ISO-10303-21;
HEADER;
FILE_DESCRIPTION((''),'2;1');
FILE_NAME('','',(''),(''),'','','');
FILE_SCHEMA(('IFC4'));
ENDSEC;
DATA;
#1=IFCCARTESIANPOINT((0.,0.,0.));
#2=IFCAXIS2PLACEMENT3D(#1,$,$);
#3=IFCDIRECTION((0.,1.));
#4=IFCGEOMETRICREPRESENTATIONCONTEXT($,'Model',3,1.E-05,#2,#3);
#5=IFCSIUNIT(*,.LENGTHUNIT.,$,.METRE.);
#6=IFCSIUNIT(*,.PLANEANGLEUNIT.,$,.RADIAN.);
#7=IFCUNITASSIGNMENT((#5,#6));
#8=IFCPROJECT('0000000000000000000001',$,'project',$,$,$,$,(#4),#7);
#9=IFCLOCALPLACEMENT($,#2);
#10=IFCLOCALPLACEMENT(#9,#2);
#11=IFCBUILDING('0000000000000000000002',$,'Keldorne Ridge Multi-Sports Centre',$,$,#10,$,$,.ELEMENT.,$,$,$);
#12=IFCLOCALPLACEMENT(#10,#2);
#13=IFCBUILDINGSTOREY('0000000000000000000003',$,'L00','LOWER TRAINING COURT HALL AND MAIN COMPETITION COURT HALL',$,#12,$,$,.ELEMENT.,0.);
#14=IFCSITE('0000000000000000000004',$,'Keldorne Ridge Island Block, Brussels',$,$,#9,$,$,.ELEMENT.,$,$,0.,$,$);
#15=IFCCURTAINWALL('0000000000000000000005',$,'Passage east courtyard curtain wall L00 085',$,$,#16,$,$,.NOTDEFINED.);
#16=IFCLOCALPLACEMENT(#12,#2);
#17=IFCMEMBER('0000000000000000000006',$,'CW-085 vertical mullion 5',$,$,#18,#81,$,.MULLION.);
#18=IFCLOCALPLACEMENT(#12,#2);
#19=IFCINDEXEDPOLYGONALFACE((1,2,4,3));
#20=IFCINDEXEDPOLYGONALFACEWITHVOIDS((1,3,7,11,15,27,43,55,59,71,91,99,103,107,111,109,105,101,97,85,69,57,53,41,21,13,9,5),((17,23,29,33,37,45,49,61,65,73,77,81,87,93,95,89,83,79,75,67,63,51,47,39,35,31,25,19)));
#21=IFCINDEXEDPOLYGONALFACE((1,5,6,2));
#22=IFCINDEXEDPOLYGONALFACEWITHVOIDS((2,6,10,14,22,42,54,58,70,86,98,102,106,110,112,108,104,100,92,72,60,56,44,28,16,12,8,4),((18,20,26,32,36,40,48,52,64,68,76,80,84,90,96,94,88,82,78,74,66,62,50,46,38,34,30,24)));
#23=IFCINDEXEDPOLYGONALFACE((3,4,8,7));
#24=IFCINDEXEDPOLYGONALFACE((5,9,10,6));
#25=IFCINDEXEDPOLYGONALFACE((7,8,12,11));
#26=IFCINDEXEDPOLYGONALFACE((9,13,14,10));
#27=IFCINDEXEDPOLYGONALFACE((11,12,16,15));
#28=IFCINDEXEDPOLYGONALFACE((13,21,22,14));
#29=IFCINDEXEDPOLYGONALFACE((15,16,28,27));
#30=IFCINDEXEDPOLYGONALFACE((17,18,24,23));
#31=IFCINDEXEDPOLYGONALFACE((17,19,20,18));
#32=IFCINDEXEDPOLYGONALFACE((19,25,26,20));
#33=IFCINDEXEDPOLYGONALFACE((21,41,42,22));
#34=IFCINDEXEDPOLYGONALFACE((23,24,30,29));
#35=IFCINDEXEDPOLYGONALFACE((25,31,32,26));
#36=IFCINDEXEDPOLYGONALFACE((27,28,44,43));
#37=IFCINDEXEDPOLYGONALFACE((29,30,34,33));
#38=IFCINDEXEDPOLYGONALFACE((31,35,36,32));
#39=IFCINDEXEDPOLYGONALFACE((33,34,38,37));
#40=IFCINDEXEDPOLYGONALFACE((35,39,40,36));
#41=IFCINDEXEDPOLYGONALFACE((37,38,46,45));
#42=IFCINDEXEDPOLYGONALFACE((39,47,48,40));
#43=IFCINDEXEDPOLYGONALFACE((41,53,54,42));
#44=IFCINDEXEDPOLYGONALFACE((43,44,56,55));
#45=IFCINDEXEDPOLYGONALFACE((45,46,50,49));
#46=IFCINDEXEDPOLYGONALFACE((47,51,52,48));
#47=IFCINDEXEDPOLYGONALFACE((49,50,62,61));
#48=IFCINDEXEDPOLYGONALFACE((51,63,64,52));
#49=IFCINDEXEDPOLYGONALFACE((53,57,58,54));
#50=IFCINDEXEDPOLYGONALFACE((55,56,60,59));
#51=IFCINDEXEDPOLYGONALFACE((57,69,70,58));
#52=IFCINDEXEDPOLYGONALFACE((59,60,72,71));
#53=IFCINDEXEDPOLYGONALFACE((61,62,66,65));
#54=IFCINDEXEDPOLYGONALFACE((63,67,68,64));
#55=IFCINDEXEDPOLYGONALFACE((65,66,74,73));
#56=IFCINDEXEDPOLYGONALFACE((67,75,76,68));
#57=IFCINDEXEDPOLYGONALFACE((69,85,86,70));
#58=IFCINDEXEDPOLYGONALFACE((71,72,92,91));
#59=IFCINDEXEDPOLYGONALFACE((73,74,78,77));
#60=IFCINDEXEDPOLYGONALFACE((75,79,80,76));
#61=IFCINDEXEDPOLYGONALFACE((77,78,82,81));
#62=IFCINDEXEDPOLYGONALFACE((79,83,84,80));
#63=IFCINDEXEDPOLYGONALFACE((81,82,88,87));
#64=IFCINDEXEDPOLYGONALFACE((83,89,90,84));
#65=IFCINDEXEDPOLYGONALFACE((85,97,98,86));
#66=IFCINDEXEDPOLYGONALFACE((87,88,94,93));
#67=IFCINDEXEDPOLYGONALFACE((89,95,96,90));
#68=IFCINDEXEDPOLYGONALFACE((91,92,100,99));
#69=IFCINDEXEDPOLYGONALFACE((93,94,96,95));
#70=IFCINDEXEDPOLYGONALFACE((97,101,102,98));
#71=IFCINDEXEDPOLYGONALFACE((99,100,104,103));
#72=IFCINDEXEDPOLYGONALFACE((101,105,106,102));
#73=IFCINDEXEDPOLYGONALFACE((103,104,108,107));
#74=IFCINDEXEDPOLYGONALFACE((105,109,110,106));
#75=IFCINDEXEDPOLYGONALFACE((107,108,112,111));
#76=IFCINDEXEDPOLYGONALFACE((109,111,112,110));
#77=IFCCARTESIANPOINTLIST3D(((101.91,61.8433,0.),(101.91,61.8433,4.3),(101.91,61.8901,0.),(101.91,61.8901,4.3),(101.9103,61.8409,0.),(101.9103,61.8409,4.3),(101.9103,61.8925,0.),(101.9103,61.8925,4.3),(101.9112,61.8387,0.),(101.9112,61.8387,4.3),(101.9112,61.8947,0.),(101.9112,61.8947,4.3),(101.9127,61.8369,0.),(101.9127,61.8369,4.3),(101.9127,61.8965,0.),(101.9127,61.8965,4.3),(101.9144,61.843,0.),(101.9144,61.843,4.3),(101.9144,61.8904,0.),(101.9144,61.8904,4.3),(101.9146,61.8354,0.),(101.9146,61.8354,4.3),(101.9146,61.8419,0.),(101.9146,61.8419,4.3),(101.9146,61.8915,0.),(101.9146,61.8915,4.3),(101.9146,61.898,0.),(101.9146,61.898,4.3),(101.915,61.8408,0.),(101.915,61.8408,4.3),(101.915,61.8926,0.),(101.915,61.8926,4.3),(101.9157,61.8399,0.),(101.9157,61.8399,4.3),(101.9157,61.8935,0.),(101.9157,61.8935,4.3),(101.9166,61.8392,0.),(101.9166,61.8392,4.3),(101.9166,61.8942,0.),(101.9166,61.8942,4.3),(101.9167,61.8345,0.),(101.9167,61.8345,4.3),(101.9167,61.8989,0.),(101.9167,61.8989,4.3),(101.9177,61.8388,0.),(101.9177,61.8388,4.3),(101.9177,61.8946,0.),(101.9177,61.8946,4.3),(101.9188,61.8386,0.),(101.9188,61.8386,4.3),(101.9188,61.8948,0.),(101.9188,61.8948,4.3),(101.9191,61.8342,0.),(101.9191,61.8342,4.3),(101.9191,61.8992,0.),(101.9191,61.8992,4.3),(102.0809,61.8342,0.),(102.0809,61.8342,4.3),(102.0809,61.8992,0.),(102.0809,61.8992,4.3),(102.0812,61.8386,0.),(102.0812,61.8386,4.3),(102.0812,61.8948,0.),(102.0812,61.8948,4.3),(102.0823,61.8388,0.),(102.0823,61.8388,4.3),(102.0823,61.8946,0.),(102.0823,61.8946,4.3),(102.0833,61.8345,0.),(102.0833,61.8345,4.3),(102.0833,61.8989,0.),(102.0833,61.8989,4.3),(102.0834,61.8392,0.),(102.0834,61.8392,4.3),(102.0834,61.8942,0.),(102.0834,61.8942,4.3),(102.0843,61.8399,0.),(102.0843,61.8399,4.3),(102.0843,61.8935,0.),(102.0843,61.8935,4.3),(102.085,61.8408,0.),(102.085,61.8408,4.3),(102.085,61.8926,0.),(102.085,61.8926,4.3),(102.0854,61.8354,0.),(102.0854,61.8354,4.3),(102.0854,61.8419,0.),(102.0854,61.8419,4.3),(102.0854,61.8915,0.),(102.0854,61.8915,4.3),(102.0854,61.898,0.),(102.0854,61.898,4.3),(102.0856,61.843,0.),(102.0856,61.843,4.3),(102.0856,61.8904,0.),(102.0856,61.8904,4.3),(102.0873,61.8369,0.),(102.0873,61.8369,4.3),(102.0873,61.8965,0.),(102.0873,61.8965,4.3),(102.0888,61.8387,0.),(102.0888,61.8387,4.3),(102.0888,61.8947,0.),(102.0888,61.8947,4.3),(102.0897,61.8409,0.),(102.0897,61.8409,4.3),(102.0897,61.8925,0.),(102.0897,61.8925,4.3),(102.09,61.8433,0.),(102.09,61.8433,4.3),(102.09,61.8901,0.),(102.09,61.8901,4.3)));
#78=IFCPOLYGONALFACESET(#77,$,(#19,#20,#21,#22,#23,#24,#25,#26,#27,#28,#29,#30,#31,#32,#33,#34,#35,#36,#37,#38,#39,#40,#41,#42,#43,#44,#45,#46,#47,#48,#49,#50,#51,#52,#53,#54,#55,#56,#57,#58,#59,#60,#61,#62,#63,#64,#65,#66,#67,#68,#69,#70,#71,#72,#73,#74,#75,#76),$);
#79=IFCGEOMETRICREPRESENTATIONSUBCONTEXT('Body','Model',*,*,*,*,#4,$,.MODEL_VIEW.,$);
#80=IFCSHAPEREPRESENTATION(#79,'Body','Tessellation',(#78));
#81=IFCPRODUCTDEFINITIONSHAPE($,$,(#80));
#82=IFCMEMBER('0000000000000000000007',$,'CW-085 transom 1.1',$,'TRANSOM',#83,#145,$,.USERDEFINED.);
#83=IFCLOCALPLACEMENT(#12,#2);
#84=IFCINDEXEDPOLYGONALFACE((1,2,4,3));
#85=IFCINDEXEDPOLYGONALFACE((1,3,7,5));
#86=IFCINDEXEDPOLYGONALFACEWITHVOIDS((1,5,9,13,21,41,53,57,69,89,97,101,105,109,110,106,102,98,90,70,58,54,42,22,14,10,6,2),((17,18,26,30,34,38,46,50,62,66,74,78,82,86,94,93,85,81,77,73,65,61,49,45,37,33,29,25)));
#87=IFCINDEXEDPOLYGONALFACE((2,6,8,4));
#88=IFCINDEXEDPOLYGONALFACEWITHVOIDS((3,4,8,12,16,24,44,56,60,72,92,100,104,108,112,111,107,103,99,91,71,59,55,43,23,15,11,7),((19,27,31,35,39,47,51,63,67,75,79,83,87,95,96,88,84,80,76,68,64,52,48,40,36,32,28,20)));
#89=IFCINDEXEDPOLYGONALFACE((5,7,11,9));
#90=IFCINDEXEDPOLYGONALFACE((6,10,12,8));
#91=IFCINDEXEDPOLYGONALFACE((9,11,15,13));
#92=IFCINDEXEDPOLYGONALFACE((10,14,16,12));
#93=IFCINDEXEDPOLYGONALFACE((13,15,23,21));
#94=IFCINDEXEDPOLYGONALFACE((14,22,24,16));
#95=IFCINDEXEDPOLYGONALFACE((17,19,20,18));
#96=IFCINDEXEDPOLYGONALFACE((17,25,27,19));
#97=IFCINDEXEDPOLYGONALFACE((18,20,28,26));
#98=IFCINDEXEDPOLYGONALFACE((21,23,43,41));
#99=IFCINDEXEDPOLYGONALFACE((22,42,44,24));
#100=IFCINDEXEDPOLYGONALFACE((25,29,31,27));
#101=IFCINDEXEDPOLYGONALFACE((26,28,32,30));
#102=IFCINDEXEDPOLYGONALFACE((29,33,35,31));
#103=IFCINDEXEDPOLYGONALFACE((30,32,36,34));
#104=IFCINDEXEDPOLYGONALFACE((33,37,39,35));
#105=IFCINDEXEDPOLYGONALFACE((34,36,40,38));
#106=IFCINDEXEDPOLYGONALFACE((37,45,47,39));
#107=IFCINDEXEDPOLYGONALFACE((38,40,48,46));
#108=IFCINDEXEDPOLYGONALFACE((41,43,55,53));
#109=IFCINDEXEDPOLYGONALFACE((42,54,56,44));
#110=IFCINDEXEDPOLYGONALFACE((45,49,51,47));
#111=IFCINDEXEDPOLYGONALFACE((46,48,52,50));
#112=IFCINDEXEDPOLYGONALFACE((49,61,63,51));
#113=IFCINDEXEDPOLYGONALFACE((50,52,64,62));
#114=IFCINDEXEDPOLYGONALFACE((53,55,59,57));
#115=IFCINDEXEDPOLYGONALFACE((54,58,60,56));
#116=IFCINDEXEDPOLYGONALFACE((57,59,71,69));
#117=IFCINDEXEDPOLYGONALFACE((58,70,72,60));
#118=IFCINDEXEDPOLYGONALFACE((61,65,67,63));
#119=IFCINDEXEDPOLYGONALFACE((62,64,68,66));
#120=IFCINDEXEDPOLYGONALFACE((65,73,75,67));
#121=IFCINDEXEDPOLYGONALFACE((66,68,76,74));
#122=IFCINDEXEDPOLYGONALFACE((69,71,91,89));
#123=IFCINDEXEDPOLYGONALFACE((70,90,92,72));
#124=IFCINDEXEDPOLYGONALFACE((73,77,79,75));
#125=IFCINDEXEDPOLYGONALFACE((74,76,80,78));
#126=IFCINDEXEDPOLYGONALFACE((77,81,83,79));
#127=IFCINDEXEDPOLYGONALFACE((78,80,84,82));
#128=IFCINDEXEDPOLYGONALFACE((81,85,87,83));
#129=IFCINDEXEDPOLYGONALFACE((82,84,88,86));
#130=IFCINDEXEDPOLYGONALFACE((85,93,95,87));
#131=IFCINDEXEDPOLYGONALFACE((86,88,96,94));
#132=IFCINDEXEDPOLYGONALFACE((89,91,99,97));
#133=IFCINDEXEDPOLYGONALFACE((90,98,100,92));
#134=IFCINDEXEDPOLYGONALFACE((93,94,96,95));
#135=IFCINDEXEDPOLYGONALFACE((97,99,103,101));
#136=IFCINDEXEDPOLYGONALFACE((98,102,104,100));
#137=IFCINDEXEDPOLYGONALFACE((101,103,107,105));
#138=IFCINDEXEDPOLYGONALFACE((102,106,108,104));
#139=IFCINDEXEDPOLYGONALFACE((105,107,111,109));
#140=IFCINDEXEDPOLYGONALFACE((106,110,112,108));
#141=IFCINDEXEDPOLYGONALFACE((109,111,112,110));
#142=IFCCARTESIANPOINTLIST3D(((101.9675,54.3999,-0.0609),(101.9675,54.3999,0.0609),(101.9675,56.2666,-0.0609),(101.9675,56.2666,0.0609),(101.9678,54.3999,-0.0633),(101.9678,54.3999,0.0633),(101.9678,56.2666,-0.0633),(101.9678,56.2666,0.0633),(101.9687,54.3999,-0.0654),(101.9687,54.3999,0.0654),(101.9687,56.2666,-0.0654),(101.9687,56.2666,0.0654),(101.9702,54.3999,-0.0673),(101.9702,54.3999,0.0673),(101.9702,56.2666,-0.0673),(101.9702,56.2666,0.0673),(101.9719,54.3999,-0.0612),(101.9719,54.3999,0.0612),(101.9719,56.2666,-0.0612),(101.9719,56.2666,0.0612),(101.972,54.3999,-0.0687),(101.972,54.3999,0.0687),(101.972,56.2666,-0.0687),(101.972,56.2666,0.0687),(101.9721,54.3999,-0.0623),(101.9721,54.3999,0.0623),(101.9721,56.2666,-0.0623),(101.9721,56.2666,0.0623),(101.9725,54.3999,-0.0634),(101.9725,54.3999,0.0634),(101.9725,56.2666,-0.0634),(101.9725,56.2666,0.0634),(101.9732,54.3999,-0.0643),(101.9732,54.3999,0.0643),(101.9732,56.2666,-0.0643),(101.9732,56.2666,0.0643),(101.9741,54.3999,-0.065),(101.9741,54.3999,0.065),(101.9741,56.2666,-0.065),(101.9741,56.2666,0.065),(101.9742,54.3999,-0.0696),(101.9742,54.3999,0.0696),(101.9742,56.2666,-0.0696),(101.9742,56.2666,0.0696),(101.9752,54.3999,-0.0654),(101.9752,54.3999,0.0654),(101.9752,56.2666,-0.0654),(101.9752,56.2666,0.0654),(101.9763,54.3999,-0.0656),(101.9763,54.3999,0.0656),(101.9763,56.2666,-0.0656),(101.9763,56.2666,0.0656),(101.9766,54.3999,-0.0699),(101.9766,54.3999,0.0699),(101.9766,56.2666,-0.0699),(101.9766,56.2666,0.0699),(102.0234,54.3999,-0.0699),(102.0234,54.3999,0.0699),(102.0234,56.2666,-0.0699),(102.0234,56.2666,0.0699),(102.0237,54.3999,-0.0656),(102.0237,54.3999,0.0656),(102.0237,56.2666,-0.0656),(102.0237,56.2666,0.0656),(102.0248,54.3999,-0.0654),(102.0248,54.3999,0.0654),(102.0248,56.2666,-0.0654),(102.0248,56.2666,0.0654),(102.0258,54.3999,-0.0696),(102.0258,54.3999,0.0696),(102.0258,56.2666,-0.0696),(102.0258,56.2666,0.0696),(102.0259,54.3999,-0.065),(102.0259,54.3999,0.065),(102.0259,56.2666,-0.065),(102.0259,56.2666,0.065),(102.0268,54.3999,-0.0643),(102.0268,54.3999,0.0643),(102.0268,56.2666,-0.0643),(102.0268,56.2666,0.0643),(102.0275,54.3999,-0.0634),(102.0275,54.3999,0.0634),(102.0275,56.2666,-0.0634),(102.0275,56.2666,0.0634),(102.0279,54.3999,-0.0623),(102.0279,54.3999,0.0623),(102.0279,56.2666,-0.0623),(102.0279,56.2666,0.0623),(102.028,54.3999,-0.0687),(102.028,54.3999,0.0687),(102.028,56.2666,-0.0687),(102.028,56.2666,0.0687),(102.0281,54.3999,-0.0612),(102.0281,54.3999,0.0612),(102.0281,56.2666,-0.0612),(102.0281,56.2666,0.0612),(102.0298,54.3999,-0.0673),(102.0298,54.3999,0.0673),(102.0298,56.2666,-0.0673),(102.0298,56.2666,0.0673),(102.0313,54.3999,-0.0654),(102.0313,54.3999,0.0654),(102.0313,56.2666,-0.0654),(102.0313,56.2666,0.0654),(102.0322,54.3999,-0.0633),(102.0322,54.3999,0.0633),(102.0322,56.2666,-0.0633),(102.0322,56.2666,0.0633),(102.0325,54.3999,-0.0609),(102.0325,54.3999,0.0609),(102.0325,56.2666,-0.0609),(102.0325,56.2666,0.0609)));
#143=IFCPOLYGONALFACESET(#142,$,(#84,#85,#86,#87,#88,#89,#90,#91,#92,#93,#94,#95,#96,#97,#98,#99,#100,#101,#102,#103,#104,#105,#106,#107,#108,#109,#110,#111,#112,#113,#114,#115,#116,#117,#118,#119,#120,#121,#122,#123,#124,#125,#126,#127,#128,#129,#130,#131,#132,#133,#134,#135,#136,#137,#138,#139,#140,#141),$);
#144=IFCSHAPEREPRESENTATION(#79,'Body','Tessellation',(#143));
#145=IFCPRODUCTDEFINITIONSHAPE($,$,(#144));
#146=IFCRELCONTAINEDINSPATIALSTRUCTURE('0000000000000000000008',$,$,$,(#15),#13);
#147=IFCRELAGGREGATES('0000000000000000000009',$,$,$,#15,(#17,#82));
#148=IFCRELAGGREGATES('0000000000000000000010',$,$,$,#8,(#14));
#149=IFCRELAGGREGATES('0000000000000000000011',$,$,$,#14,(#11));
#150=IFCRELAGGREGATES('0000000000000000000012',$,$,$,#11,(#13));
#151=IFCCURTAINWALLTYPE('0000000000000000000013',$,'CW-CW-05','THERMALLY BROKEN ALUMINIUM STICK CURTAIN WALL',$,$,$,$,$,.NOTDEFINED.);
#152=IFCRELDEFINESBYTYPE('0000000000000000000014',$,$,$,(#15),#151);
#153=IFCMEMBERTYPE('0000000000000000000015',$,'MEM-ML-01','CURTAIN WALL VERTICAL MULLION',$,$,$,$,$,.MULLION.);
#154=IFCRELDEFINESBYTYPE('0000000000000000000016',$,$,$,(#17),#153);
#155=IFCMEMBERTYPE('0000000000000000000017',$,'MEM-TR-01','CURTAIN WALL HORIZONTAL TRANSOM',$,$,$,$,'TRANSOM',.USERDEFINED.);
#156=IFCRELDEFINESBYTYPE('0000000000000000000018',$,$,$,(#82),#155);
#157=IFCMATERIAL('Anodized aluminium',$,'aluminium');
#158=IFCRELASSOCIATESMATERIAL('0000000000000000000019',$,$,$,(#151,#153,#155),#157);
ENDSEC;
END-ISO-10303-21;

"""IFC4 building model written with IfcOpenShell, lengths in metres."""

from ifc_helpers import new_model, si_unit, direction, frame, origin, origin_2d, place, context, subcontext, project, spatial, hollow_rectangle, extrude, material, material_profile, profile_set, type_object, element, aggregate, save


model = new_model("IFC4")

# Units and contexts
model_context = context("Model", 3, precision=1e-05, world=origin(), true_north=direction((0.0, 1.0)))
body_context = subcontext(model_context, "Body", "Model", "MODEL_VIEW")
ifc_project = project(units=[si_unit("LENGTHUNIT", "METRE"), si_unit("PLANEANGLEUNIT", "RADIAN")], contexts=[model_context])

# Site, building, storey
site_placement = place(None, origin())
site = spatial("IfcSite", under=ifc_project, at=site_placement, Name="Keldorne Ridge Island Block, Brussels", CompositionType="ELEMENT", RefElevation=0.0)
building_placement = place(site_placement, origin())
building = spatial("IfcBuilding", under=site, at=building_placement, Name="Keldorne Ridge Multi-Sports Centre", CompositionType="ELEMENT")
storey_placement = place(building_placement, origin())
storey = spatial("IfcBuildingStorey", under=building, at=storey_placement, Name="L00", Description="LOWER TRAINING COURT HALL AND MAIN COMPETITION COURT HALL", CompositionType="ELEMENT", Elevation=0.0)

# Curtain wall, members
ifc_material_1 = material(Name="Anodized aluminium", Category="aluminium")
curtain_wall_type = type_object("IfcCurtainWallType", Name="CW-CW-05", Description="THERMALLY BROKEN ALUMINIUM STICK CURTAIN WALL", PredefinedType="NOTDEFINED", material=ifc_material_1)
curtain_wall_placement = place(storey_placement, origin())
curtain_wall = element("IfcCurtainWall", 1, at=curtain_wall_placement, inside=storey, type_object=curtain_wall_type, Name="Passage east courtyard curtain wall L00 085", PredefinedType="NOTDEFINED")
ifc_material_profile_1 = material_profile(ifc_material_1, hollow_rectangle(XDim=0.0649, YDim=0.1799, WallThickness=0.0044, InnerFilletRadius=0.0044, OuterFilletRadius=0.009, at=origin_2d()), Name="ALU MULLION 180x65x4.5")
ifc_profile_set_1 = profile_set([ifc_material_profile_1], Name="Anodized aluminium")
member_type_1 = type_object("IfcMemberType", Name="MEM-ML-01", Description="CURTAIN WALL VERTICAL MULLION", PredefinedType="MULLION", material=ifc_profile_set_1)
member_1_placement = place(storey_placement, frame((102.0, 61.8667, 0.0), z_axis=(0.0, 0.0, 1.0), x_axis=(0.0, 1.0, 0.0)))
member_1 = element("IfcMember", 2, at=member_1_placement, type_object=member_type_1, Name="CW-085 vertical mullion 5", PredefinedType="MULLION", context=body_context, shape_type="SweptSolid", body=[
    extrude(hollow_rectangle(XDim=0.0649, YDim=0.1799, WallThickness=0.0044, InnerFilletRadius=0.0044, OuterFilletRadius=0.009, at=origin_2d()), origin(), (0.0, 0.0, 1.0), 4.3),
])
ifc_material_profile_2 = material_profile(ifc_material_1, hollow_rectangle(XDim=0.0649, YDim=0.1399, WallThickness=0.0044, InnerFilletRadius=0.0044, OuterFilletRadius=0.009, at=origin_2d()), Name="ALU TRANSOM 140x65x4.5")
ifc_profile_set_2 = profile_set([ifc_material_profile_2], Name="Anodized aluminium")
member_type_2 = type_object("IfcMemberType", Name="MEM-TR-01", Description="CURTAIN WALL HORIZONTAL TRANSOM", ElementType="TRANSOM", PredefinedType="USERDEFINED", material=ifc_profile_set_2)
member_2_placement = place(storey_placement, frame((102.0, 54.3999, 0.0), z_axis=(0.0, 1.0, 0.0), x_axis=(-1.0, 0.0, 0.0)))
member_2 = element("IfcMember", 3, at=member_2_placement, type_object=member_type_2, Name="CW-085 transom 1.1", ObjectType="TRANSOM", PredefinedType="USERDEFINED", context=body_context, shape_type="SweptSolid", body=[
    extrude(hollow_rectangle(XDim=0.0649, YDim=0.1399, WallThickness=0.0044, InnerFilletRadius=0.0044, OuterFilletRadius=0.009, at=origin_2d()), origin(), (0.0, 0.0, 1.0), 1.8667),
])
aggregate(curtain_wall, [member_1, member_2])

save(model, "model.ifc")
